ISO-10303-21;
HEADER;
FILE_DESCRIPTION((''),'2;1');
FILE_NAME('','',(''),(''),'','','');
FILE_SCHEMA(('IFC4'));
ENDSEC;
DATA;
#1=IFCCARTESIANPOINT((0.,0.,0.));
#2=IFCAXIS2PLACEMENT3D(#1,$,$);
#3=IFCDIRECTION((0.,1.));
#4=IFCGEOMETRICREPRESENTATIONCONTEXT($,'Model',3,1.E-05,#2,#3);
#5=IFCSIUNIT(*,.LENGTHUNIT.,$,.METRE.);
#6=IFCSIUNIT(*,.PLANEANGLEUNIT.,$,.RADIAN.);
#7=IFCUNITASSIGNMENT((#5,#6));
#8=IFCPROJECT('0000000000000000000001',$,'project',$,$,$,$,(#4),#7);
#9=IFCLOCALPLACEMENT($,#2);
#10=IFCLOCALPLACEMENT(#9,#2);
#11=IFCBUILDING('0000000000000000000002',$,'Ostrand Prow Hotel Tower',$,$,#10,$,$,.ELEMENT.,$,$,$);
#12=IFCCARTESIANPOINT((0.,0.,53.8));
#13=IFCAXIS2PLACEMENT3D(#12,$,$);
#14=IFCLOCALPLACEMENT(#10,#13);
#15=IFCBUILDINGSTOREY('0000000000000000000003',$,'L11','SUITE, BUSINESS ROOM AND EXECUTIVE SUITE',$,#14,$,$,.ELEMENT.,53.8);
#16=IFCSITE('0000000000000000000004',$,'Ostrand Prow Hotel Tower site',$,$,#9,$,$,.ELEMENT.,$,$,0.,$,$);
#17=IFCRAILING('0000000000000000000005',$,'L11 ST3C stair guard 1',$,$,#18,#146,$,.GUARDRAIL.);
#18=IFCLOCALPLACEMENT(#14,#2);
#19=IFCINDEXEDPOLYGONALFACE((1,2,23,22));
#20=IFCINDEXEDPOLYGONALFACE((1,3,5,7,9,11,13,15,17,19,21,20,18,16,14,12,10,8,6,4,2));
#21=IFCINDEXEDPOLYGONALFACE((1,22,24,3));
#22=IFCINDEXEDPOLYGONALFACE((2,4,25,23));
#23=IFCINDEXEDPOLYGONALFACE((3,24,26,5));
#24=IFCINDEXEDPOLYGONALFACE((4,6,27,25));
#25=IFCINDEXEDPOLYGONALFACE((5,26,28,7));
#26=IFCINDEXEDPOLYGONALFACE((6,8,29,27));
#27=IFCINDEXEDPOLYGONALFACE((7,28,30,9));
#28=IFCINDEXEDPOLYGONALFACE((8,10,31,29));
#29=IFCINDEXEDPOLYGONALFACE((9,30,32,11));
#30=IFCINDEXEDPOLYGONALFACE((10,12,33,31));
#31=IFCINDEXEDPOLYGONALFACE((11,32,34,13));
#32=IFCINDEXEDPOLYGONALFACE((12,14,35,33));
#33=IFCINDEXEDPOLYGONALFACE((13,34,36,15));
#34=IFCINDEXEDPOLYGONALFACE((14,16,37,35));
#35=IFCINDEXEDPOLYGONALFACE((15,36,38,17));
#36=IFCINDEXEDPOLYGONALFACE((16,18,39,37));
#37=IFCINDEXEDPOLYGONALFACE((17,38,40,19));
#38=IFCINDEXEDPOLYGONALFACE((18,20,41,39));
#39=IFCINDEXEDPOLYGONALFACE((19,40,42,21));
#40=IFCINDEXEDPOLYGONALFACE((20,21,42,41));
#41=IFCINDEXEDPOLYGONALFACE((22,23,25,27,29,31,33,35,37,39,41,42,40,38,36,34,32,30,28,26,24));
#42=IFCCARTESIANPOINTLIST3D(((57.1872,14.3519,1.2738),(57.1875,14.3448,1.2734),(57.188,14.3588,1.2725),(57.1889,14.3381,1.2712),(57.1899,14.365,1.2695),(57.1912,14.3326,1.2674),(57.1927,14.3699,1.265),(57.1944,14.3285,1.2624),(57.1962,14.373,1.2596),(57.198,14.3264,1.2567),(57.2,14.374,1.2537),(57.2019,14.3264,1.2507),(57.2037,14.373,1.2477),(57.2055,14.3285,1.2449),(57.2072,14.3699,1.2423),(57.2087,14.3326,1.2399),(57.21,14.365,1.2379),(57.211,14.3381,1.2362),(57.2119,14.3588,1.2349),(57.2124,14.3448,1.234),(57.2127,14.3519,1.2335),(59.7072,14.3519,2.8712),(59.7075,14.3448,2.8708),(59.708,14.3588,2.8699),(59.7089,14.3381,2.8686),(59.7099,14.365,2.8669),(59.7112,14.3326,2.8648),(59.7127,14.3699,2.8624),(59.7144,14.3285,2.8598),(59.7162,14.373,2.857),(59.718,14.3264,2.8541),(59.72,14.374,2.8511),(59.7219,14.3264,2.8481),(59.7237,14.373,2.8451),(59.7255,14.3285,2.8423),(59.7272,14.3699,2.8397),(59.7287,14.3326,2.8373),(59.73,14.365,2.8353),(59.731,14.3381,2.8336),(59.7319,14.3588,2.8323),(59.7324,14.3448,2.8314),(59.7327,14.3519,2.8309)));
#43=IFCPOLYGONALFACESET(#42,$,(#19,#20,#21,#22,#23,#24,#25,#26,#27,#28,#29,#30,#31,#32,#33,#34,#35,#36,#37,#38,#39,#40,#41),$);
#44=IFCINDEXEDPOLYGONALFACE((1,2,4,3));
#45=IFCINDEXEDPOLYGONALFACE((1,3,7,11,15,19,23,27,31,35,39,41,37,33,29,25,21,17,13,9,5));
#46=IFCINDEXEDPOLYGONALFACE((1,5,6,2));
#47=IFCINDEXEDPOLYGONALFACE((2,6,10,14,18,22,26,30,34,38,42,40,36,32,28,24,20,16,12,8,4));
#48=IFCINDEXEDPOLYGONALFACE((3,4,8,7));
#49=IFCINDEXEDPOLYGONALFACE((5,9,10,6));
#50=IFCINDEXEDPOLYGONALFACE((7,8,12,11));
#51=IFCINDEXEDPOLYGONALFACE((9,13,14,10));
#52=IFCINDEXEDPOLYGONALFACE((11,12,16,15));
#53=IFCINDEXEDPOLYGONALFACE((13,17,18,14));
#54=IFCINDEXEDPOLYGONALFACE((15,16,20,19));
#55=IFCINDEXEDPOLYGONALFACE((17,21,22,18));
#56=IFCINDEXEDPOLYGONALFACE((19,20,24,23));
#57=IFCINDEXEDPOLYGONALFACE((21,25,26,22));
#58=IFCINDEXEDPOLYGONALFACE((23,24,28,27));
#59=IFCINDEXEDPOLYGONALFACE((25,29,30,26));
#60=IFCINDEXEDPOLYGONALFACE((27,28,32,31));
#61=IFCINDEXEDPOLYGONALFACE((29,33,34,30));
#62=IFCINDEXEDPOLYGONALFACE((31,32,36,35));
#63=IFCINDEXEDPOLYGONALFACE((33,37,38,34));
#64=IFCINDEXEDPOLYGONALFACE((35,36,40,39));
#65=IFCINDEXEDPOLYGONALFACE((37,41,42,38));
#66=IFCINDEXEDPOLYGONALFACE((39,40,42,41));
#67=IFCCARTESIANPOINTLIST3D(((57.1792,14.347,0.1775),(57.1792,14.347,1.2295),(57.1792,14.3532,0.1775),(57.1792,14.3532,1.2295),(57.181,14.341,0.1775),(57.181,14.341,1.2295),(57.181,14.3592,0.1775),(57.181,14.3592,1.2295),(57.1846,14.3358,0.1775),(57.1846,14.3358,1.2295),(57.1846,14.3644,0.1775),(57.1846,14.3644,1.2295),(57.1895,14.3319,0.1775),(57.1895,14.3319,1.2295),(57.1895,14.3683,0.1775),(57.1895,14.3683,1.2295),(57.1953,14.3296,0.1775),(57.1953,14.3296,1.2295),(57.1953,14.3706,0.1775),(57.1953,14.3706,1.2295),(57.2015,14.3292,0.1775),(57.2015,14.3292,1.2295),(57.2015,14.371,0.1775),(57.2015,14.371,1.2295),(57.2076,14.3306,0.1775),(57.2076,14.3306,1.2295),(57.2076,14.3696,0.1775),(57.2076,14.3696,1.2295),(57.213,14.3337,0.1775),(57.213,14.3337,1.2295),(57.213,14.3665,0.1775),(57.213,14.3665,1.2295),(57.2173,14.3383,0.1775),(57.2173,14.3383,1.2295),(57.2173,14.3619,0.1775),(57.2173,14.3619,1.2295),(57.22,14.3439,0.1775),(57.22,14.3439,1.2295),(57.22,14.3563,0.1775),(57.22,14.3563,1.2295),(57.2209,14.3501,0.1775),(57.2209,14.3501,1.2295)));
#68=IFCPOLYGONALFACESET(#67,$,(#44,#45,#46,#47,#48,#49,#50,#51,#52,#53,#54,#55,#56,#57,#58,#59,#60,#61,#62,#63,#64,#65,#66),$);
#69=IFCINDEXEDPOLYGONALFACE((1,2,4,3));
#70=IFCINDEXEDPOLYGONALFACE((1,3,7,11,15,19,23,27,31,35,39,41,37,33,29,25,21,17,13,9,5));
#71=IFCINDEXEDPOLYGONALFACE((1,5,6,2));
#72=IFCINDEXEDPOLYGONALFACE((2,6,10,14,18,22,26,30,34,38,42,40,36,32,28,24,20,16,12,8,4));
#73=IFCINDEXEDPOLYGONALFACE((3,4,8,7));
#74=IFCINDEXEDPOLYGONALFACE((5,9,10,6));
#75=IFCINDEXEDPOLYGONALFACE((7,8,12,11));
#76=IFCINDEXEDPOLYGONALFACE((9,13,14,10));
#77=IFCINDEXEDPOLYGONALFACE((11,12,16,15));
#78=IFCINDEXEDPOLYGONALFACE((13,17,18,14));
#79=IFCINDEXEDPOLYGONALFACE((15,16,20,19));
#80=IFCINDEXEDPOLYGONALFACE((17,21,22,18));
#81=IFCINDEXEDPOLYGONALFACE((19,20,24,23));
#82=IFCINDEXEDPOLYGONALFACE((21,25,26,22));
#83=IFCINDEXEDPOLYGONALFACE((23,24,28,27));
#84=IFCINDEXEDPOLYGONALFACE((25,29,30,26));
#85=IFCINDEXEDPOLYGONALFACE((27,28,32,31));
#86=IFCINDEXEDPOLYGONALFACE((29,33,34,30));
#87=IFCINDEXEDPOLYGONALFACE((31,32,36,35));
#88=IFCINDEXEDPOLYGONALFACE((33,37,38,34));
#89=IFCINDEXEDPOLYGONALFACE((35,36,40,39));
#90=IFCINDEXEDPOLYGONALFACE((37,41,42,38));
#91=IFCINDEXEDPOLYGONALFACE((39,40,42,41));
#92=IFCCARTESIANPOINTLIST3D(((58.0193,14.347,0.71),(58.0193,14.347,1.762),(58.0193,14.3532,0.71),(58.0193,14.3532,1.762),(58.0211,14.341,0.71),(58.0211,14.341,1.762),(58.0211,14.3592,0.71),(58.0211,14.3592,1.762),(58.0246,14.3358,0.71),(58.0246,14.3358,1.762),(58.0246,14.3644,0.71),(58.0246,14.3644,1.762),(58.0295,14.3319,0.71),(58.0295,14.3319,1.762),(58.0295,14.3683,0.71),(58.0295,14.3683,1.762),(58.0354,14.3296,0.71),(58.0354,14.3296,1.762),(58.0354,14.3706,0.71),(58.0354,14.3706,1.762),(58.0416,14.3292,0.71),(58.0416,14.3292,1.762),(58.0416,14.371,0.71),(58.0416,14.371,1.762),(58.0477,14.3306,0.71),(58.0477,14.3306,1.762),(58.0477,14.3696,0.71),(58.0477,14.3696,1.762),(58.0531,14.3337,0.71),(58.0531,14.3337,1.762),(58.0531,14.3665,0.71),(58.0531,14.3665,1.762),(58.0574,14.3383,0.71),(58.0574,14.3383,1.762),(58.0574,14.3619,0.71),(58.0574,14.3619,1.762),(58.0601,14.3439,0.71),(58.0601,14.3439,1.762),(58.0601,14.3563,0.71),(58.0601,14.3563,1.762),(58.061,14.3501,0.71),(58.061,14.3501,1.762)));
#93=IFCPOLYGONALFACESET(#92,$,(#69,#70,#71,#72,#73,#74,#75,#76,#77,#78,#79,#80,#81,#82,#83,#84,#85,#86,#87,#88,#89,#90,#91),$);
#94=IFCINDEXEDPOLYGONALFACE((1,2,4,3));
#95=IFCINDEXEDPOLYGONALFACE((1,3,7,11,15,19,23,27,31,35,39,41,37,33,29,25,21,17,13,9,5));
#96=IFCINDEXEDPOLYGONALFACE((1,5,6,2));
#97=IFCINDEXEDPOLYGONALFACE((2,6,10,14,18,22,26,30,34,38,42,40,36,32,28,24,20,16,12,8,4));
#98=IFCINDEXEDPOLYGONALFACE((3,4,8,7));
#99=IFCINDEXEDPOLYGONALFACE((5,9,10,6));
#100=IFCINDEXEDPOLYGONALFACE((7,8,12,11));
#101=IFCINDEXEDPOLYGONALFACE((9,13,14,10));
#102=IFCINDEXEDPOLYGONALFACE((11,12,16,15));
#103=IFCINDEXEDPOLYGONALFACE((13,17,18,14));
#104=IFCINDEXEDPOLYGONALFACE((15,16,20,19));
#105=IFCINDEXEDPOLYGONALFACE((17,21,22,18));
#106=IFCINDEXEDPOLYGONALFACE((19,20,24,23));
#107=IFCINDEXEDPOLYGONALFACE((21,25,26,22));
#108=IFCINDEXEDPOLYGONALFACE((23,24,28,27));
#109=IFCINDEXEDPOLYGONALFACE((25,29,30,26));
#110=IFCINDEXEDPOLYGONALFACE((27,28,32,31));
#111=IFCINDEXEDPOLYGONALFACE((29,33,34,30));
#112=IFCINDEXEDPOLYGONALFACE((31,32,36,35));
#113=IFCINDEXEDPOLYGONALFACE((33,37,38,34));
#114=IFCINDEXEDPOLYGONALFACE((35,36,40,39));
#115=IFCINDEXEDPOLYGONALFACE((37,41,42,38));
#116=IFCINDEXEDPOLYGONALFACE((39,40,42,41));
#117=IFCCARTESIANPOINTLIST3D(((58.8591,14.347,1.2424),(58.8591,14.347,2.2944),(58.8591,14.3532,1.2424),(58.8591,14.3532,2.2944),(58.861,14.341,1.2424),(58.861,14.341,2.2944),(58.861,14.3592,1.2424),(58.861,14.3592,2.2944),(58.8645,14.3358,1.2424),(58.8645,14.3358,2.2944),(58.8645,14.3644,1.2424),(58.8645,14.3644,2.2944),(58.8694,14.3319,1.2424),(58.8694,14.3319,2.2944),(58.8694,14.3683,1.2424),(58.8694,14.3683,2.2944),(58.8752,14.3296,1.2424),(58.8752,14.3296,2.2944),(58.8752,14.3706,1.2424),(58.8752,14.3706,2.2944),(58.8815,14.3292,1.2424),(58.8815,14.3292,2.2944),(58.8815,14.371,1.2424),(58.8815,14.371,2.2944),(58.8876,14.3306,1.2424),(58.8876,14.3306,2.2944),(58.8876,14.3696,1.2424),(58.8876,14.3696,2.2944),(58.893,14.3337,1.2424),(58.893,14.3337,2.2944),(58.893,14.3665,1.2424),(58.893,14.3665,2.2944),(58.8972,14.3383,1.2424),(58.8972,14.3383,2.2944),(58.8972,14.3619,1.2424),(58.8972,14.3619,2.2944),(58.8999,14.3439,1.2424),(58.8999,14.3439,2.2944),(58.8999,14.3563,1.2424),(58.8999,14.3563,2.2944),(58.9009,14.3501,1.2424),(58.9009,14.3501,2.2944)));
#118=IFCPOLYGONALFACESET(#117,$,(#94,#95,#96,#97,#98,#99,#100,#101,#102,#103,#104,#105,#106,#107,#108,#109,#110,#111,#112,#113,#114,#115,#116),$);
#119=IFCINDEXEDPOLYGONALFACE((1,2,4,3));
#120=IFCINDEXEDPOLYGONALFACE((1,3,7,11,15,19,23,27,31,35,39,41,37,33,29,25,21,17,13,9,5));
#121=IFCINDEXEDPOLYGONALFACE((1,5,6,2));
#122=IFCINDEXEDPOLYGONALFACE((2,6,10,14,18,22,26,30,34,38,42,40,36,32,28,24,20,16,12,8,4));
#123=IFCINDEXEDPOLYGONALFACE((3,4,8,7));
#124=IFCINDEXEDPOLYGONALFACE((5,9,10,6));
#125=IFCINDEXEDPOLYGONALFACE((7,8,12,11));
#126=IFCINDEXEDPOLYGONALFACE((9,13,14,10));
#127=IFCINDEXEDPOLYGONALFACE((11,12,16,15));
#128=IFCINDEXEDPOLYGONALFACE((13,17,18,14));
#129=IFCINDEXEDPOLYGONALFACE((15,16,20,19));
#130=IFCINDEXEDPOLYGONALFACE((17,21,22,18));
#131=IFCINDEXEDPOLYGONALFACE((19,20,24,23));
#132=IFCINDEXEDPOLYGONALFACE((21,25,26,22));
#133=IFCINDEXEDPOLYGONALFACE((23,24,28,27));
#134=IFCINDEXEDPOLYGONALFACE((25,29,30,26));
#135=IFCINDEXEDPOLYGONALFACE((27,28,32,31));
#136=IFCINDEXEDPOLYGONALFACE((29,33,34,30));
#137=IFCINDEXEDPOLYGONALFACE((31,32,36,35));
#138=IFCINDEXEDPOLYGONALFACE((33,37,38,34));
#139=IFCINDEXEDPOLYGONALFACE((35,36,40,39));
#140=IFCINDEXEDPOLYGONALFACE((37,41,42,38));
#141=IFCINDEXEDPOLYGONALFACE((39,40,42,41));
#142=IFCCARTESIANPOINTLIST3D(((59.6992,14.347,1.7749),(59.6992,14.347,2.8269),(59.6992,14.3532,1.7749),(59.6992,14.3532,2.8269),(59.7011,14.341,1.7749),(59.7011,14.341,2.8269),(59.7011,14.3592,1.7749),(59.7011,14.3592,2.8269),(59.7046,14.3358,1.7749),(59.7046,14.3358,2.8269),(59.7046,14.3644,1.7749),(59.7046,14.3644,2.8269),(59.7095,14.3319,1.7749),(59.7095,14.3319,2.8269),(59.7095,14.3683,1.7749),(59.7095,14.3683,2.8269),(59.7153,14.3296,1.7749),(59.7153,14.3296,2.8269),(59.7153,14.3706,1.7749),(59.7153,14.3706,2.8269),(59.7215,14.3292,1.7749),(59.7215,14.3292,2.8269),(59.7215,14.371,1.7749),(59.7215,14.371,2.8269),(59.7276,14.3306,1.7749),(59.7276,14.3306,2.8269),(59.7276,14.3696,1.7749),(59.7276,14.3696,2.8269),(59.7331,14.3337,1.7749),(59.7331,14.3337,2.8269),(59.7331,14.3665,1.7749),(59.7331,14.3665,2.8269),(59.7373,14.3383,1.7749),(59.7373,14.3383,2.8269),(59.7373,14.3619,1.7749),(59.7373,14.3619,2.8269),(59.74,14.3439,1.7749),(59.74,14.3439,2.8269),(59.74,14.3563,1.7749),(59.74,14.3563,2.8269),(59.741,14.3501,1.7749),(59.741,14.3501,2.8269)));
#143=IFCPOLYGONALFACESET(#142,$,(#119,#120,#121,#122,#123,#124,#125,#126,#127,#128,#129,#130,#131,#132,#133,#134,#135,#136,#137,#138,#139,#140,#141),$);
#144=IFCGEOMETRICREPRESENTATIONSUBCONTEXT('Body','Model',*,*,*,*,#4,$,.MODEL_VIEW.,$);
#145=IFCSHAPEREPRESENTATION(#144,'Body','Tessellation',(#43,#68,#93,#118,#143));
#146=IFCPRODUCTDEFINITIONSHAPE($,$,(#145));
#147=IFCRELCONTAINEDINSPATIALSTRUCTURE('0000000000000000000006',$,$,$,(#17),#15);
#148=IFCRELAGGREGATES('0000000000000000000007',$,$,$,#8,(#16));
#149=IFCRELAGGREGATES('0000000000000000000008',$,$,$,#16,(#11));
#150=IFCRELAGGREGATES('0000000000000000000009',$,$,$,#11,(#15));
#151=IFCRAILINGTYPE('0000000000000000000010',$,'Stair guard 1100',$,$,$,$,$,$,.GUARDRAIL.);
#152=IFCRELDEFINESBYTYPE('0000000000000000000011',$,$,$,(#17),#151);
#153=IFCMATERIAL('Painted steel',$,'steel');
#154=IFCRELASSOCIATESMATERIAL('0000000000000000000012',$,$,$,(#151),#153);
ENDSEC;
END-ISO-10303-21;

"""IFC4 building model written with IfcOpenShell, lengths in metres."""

from ifc_helpers import new_model, si_unit, direction, frame, origin, origin_2d, place, context, subcontext, project, spatial, circle, extrude, material, type_object, element, save


model = new_model("IFC4")

# Units and contexts
model_context = context("Model", 3, precision=1e-05, world=origin(), true_north=direction((0.0, 1.0)))
body_context = subcontext(model_context, "Body", "Model", "MODEL_VIEW")
ifc_project = project(units=[si_unit("LENGTHUNIT", "METRE"), si_unit("PLANEANGLEUNIT", "RADIAN")], contexts=[model_context])

# Site, building, storey
site_placement = place(None, origin())
site = spatial("IfcSite", under=ifc_project, at=site_placement, Name="Ostrand Prow Hotel Tower site", CompositionType="ELEMENT", RefElevation=0.0)
building_placement = place(site_placement, origin())
building = spatial("IfcBuilding", under=site, at=building_placement, Name="Ostrand Prow Hotel Tower", CompositionType="ELEMENT")
storey_placement = place(building_placement, frame((0.0, 0.0, 53.8)))
storey = spatial("IfcBuildingStorey", under=building, at=storey_placement, Name="L11", Description="SUITE, BUSINESS ROOM AND EXECUTIVE SUITE", CompositionType="ELEMENT", Elevation=53.8)

# Railing
ifc_material_1 = material(Name="Painted steel", Category="steel")
railing_type_1 = type_object("IfcRailingType", Name="Stair guard 1100", PredefinedType="GUARDRAIL", material=ifc_material_1)
railing_1_placement = place(storey_placement, frame((57.2, 14.3501, 0.1775)))
element("IfcRailing", 1, at=railing_1_placement, inside=storey, type_object=railing_type_1, Name="L11 ST3C stair guard 1", PredefinedType="GUARDRAIL", context=body_context, shape_type="SweptSolid", body=[
    extrude(circle(Radius=0.0239, at=origin_2d()), frame((0.0, 0.0, 1.0762), z_axis=(0.844607, 0.0, 0.535387), x_axis=(0.0, 1.0, 0.0)), (0.0, 0.0, 1.0), 2.9836),
    extrude(circle(Radius=0.021, at=origin_2d()), origin(), (0.0, 0.0, 1.0), 1.052),
    extrude(circle(Radius=0.021, at=origin_2d()), frame((0.8401, 0.0, 0.5325)), (0.0, 0.0, 1.0), 1.052),
    extrude(circle(Radius=0.021, at=origin_2d()), frame((1.6799, 0.0, 1.0649)), (0.0, 0.0, 1.0), 1.052),
    extrude(circle(Radius=0.021, at=origin_2d()), frame((2.52, 0.0, 1.5974)), (0.0, 0.0, 1.0), 1.052),
])

save(model, "model.ifc")
